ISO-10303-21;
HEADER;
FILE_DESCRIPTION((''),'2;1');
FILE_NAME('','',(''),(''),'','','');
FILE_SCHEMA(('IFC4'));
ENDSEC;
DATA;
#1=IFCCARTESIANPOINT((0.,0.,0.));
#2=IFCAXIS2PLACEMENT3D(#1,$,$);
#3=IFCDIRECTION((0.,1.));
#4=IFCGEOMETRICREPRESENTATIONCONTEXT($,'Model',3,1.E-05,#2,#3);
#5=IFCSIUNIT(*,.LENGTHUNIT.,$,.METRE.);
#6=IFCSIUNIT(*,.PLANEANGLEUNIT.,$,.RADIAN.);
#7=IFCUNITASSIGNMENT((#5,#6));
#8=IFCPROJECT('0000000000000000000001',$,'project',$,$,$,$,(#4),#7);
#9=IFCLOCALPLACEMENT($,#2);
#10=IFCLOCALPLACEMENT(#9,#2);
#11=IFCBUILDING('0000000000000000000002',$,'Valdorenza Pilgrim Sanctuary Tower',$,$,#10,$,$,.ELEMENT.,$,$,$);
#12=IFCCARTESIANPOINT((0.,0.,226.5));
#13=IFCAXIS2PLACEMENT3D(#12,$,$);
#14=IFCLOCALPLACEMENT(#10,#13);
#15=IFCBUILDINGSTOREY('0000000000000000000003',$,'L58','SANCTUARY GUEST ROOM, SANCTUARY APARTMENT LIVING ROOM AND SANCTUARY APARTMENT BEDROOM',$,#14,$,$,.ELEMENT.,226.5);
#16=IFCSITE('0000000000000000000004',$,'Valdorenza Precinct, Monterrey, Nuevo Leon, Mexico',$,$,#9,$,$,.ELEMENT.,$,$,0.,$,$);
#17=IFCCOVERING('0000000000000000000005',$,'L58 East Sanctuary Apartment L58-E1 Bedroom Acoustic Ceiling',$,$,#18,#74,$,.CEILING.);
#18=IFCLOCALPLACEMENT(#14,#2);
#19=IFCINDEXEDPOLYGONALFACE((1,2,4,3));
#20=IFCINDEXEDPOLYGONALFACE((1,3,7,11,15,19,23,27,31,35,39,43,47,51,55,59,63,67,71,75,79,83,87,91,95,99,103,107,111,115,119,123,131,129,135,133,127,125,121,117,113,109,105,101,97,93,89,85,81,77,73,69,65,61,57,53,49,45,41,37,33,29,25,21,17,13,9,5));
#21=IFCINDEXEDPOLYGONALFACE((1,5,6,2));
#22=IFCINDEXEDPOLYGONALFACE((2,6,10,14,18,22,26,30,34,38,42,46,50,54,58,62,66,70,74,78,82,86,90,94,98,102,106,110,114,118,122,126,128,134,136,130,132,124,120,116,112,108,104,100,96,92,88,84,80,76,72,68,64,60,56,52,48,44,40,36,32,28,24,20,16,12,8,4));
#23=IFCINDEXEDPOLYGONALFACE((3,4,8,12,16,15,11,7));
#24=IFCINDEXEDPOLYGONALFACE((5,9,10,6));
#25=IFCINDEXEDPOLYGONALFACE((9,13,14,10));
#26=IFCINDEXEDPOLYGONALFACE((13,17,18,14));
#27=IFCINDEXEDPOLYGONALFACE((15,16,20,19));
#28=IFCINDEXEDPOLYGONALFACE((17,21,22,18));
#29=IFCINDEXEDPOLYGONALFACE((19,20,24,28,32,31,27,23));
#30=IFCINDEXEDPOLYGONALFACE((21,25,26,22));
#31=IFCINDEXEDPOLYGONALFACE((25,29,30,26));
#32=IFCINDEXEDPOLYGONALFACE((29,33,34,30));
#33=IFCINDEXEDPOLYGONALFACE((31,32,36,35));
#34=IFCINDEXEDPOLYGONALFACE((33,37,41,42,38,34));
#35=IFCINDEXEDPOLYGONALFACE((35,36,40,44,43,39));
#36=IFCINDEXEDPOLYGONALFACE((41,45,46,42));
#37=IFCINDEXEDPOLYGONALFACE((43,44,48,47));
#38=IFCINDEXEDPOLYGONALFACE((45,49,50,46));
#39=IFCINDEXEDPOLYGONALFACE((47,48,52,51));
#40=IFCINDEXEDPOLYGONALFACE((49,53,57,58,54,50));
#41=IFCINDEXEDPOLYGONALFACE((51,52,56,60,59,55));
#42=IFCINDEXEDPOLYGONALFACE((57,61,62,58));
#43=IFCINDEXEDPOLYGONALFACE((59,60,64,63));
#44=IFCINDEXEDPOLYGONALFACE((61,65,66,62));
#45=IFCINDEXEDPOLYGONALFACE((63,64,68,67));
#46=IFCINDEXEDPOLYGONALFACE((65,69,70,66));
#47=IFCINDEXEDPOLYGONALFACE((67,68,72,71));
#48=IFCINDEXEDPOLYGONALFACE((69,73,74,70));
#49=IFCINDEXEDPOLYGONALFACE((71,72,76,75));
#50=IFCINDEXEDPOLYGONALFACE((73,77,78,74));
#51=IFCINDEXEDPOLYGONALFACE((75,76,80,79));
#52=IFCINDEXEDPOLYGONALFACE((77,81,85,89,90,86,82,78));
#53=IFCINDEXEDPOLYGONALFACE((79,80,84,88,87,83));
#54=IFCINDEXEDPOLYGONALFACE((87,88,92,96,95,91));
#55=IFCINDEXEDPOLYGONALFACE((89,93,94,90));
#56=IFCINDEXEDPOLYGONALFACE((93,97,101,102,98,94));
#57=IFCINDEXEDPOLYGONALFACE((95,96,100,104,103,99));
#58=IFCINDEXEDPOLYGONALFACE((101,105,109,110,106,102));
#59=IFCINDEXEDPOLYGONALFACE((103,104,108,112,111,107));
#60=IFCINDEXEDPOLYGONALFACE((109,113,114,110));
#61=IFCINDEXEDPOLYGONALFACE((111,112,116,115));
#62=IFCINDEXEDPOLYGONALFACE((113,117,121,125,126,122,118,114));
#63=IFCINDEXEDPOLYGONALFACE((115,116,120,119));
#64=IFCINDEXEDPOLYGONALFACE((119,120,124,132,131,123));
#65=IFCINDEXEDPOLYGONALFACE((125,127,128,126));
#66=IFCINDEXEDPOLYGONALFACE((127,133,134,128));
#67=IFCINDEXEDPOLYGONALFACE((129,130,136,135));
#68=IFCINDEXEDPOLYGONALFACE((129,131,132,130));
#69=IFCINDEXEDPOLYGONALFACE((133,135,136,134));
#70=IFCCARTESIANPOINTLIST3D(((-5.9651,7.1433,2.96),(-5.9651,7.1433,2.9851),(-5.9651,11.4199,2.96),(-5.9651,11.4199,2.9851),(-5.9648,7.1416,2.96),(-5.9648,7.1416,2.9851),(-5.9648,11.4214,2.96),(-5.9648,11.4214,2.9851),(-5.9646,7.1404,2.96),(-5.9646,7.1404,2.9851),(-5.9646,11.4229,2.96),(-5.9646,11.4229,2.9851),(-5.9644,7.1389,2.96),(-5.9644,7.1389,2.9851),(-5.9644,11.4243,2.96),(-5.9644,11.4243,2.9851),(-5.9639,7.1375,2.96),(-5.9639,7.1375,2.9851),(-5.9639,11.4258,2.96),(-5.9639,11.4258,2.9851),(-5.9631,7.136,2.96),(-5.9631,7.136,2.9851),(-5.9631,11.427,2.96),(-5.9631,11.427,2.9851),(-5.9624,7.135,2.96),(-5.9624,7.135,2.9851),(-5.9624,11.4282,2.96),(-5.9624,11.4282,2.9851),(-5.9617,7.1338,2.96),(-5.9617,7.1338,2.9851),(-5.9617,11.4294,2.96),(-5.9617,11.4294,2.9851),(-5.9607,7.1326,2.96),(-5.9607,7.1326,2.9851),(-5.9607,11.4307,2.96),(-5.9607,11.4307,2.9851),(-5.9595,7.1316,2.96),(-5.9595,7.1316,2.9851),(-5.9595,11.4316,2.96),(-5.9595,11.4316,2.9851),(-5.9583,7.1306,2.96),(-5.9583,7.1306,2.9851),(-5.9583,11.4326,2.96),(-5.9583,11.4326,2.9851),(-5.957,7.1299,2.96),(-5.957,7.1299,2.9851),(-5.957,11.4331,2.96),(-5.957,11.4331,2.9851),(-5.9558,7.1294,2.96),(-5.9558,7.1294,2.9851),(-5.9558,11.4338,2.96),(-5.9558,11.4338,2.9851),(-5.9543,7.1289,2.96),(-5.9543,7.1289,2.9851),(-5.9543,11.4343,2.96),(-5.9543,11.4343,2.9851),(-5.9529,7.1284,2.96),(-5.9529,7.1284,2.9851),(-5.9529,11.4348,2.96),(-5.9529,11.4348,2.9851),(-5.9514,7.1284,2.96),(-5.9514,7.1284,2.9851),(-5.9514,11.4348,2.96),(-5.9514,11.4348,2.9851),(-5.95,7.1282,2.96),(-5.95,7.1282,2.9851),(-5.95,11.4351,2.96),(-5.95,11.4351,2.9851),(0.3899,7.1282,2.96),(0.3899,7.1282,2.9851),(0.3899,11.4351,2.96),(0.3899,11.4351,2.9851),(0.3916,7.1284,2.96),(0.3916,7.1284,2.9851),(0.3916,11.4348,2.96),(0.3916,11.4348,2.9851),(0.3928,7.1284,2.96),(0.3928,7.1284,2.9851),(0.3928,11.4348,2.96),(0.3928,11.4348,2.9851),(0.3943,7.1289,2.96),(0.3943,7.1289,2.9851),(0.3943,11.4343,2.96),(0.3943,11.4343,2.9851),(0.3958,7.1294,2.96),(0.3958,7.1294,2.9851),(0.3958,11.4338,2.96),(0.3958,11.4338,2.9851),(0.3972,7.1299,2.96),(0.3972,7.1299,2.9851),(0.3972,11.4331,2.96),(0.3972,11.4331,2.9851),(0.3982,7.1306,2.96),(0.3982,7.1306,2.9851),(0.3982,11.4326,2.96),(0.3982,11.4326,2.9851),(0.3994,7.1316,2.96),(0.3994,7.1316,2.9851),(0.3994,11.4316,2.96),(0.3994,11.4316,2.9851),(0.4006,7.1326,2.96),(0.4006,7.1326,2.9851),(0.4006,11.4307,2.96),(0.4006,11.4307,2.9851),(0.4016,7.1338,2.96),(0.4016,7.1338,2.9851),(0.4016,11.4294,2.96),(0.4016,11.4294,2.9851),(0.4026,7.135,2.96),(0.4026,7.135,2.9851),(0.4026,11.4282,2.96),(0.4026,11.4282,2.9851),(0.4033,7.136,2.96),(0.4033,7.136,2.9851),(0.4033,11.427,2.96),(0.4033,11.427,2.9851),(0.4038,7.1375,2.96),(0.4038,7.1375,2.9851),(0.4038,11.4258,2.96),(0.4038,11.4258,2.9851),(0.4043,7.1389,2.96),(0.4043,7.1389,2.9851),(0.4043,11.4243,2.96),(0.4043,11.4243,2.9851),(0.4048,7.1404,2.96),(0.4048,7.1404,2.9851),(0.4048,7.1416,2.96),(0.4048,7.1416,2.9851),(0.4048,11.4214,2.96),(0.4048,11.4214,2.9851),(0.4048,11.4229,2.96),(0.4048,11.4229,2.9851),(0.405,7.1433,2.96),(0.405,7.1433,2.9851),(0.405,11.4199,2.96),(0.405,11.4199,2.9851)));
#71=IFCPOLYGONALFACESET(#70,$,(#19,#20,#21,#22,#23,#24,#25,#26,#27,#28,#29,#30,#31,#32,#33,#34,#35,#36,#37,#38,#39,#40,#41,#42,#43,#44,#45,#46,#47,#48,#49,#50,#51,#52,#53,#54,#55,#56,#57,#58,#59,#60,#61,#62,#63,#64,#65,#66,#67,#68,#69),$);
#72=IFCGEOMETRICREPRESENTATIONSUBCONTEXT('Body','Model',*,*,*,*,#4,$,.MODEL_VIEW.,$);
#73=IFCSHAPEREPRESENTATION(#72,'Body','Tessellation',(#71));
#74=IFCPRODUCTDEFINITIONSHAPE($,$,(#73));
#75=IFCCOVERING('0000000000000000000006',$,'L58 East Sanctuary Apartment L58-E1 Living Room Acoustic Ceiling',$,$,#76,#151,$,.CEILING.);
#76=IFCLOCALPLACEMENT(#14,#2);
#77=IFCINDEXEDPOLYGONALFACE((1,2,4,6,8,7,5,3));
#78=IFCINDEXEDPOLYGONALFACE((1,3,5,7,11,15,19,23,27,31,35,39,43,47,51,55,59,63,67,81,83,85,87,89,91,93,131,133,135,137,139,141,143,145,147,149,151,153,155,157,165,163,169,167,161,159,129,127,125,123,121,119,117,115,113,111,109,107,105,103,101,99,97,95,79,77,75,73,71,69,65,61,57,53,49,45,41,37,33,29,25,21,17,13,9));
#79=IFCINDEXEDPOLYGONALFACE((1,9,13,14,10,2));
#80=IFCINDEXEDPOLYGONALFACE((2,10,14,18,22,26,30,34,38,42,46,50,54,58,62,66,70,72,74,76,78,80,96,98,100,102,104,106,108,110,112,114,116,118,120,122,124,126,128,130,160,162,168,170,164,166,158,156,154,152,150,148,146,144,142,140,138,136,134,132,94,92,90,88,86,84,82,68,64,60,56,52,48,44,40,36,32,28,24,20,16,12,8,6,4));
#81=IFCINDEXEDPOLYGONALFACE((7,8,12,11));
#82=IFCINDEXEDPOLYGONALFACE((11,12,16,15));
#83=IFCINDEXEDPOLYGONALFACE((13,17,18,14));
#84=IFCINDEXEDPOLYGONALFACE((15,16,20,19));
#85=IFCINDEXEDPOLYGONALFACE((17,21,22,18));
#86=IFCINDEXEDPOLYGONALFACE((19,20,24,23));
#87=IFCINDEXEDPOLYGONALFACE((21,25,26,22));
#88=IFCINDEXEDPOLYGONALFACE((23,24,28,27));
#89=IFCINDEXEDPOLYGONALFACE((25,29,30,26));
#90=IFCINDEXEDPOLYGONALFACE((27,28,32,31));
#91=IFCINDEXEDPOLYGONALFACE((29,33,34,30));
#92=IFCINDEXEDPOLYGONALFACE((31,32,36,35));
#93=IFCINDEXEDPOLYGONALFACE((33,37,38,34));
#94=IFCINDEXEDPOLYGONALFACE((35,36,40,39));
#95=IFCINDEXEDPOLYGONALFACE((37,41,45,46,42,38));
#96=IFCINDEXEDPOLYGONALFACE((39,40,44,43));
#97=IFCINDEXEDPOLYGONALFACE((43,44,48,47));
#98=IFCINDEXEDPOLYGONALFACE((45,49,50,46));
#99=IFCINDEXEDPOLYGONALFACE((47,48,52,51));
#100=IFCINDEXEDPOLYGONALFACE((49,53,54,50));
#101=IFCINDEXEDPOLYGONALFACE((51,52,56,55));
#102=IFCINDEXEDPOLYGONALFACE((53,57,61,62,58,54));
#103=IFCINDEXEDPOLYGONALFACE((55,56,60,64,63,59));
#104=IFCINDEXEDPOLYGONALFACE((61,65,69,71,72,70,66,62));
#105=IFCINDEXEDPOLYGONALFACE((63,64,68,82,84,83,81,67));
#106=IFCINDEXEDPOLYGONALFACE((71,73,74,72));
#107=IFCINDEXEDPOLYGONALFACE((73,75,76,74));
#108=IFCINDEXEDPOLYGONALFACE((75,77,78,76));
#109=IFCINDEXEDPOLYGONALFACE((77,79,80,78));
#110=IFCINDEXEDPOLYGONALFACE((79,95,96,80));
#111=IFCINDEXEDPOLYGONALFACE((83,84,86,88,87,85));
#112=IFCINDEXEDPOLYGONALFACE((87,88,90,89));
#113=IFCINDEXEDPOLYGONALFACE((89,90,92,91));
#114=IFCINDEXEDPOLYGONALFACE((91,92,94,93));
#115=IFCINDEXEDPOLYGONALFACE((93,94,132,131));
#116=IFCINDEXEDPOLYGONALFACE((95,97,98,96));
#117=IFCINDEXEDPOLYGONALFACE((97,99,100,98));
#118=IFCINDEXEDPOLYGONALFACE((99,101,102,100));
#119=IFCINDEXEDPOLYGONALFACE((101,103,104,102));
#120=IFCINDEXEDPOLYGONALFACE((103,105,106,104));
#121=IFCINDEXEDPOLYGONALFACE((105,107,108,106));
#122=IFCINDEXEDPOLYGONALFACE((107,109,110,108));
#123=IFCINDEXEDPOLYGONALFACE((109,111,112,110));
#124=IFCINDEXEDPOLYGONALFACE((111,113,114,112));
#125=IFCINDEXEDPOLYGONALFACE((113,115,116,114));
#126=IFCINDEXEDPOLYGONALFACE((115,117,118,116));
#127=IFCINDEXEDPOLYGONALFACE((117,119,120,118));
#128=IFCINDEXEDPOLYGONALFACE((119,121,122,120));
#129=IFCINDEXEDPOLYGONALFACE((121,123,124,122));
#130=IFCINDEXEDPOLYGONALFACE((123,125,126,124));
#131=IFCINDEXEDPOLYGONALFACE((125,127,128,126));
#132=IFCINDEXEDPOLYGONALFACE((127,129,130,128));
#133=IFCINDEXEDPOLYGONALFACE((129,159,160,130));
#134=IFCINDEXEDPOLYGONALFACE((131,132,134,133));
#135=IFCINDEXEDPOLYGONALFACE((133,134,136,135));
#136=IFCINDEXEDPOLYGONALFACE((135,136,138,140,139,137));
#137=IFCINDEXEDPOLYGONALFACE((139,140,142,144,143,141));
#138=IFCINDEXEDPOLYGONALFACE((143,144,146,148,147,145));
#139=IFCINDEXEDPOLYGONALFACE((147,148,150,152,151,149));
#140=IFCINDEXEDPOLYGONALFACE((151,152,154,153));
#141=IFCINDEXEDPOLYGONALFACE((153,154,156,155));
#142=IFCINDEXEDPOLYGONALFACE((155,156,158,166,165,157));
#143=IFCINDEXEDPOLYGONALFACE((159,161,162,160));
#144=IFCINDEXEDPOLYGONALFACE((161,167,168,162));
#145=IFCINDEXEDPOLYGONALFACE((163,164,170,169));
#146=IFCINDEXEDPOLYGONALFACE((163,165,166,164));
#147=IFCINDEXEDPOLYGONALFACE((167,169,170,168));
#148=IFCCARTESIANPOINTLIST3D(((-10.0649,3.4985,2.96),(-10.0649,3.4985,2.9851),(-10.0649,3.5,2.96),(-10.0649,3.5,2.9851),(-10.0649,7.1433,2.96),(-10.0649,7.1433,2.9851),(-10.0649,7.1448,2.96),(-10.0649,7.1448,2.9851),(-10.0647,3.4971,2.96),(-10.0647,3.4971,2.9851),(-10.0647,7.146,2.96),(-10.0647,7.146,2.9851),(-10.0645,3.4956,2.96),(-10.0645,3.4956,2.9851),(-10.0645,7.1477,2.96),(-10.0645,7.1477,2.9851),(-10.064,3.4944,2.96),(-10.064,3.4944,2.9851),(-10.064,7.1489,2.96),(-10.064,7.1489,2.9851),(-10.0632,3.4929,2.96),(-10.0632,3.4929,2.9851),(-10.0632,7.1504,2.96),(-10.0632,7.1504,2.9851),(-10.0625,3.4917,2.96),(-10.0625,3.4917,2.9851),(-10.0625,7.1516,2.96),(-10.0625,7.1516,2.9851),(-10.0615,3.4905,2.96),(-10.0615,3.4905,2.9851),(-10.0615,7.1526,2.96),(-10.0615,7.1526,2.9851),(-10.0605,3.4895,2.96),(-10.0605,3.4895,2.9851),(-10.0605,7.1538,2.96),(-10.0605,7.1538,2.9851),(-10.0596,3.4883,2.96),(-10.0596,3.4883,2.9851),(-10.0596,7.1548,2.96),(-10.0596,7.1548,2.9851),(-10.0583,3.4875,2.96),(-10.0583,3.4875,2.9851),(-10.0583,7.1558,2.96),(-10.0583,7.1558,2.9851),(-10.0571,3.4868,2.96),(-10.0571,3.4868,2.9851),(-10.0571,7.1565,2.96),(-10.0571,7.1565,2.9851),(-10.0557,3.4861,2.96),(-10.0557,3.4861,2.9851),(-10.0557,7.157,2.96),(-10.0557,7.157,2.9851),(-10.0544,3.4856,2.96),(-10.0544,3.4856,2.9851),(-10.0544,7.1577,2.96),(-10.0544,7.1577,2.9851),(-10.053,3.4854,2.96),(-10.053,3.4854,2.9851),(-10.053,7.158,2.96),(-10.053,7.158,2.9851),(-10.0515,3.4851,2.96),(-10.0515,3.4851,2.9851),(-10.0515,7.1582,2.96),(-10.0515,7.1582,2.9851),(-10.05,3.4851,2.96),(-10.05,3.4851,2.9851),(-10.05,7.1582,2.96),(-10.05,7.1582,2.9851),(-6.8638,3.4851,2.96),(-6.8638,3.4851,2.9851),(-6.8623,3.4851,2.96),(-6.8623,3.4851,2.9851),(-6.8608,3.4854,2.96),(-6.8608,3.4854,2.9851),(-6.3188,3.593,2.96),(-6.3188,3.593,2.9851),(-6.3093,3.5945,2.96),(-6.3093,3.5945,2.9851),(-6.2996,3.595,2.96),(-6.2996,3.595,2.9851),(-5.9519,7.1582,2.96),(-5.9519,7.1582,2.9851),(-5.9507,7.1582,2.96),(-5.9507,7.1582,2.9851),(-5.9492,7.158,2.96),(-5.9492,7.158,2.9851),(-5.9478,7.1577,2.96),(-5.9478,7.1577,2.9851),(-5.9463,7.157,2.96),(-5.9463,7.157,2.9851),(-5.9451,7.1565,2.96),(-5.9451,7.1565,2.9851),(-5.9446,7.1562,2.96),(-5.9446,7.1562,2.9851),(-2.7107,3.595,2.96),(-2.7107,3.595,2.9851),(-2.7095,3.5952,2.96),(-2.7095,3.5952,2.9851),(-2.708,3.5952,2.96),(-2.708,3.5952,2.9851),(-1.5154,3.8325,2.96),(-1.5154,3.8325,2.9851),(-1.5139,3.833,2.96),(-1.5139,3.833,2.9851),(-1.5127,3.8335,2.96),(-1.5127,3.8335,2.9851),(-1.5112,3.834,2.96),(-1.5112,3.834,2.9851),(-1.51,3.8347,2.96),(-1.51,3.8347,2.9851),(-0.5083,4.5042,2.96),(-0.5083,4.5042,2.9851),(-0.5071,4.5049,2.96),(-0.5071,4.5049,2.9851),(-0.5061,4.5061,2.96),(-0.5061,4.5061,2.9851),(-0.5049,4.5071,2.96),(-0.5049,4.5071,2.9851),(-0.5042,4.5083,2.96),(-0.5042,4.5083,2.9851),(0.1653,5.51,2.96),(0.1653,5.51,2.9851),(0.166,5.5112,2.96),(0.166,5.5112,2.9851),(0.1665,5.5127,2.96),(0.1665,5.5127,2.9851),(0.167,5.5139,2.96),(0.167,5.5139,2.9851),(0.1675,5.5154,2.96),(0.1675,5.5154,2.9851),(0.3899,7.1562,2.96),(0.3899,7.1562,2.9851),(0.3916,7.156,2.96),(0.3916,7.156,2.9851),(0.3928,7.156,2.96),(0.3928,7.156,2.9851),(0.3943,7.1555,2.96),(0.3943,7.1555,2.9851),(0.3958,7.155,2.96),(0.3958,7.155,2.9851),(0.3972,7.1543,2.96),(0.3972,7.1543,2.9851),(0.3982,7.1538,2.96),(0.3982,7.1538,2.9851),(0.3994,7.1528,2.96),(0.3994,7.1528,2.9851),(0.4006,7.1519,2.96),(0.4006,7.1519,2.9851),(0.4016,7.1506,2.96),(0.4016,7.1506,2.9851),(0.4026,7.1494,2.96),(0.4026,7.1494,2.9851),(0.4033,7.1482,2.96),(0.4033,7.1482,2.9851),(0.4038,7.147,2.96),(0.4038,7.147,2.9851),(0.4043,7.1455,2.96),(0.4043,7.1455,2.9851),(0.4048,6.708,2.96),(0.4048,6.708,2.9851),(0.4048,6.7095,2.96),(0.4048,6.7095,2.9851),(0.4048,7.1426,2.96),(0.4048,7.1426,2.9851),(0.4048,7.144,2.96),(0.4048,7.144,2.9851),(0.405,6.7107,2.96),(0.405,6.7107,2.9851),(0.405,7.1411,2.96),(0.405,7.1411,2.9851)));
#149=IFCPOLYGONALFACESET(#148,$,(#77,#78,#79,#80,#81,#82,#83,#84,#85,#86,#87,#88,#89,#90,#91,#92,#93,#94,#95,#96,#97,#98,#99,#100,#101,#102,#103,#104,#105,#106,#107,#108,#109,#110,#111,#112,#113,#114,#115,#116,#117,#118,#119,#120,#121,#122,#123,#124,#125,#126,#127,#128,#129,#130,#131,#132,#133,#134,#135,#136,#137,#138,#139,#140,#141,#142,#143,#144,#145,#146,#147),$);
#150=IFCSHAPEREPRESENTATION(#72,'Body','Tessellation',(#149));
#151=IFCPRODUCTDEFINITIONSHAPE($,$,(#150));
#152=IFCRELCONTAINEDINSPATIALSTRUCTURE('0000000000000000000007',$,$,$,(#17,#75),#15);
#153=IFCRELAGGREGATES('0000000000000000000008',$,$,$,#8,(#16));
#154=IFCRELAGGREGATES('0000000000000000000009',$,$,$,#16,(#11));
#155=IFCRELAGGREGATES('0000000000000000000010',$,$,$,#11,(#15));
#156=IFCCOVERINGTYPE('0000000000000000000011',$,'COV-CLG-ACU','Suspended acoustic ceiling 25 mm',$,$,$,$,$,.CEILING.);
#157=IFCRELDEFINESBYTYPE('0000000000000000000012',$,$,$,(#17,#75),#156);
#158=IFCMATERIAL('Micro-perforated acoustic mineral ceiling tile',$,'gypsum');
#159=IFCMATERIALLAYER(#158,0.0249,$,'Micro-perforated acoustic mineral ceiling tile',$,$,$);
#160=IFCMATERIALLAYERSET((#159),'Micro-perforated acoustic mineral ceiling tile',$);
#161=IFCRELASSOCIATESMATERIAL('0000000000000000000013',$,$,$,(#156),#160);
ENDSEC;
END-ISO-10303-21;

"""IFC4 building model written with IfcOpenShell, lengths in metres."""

from ifc_helpers import new_model, si_unit, direction, frame, origin, place, context, subcontext, project, spatial, polyline, outline, extrude, material, layer, layer_set, type_object, element, save


model = new_model("IFC4")

# Units and contexts
model_context = context("Model", 3, precision=1e-05, world=origin(), true_north=direction((0.0, 1.0)))
body_context = subcontext(model_context, "Body", "Model", "MODEL_VIEW")
ifc_project = project(units=[si_unit("LENGTHUNIT", "METRE"), si_unit("PLANEANGLEUNIT", "RADIAN")], contexts=[model_context])

# Site, building, storey
site_placement = place(None, origin())
site = spatial("IfcSite", under=ifc_project, at=site_placement, Name="Valdorenza Precinct, Monterrey, Nuevo Leon, Mexico", CompositionType="ELEMENT", RefElevation=0.0)
building_placement = place(site_placement, origin())
building = spatial("IfcBuilding", under=site, at=building_placement, Name="Valdorenza Pilgrim Sanctuary Tower", CompositionType="ELEMENT")
storey_placement = place(building_placement, frame((0.0, 0.0, 226.5)))
storey = spatial("IfcBuildingStorey", under=building, at=storey_placement, Name="L58", Description="SANCTUARY GUEST ROOM, SANCTUARY APARTMENT LIVING ROOM AND SANCTUARY APARTMENT BEDROOM", CompositionType="ELEMENT", Elevation=226.5)

# Coverings
ifc_material_1 = material(Name="Micro-perforated acoustic mineral ceiling tile", Category="gypsum")
ifc_layer_1 = layer(ifc_material_1, 0.0249, Name="Micro-perforated acoustic mineral ceiling tile")
ifc_layer_set_1 = layer_set([ifc_layer_1], Name="Micro-perforated acoustic mineral ceiling tile")
covering_type_1 = type_object("IfcCoveringType", Name="COV-CLG-ACU", Description="Suspended acoustic ceiling 25 mm", PredefinedType="CEILING", material=ifc_layer_set_1)
covering_1_placement = place(storey_placement, frame((0.0, 0.0, 2.96)))
element("IfcCovering", 1, at=covering_1_placement, inside=storey, type_object=covering_type_1, Name="L58 East Sanctuary Apartment L58-E1 Bedroom Acoustic Ceiling", PredefinedType="CEILING", context=body_context, shape_type="SweptSolid", body=[
    extrude(outline(polyline([(-5.9651, 11.4199), (-5.9648, 11.4214), (-5.9646, 11.4229), (-5.9644, 11.4243), (-5.9639, 11.4258), (-5.9631, 11.427), (-5.9624, 11.4282), (-5.9617, 11.4294), (-5.9607, 11.4307), (-5.9595, 11.4316), (-5.9583, 11.4326), (-5.957, 11.4331), (-5.9558, 11.4338), (-5.9543, 11.4343), (-5.9529, 11.4348), (-5.9514, 11.4348), (-5.95, 11.4351), (0.3899, 11.4351), (0.3916, 11.4348), (0.3928, 11.4348), (0.3943, 11.4343), (0.3958, 11.4338), (0.3972, 11.4331), (0.3982, 11.4326), (0.3994, 11.4316), (0.4006, 11.4307), (0.4016, 11.4294), (0.4026, 11.4282), (0.4033, 11.427), (0.4038, 11.4258), (0.4043, 11.4243), (0.4048, 11.4229), (0.4048, 11.4214), (0.405, 11.4199), (0.405, 7.1433), (0.4048, 7.1416), (0.4048, 7.1404), (0.4043, 7.1389), (0.4038, 7.1375), (0.4033, 7.136), (0.4026, 7.135), (0.4016, 7.1338), (0.4006, 7.1326), (0.3994, 7.1316), (0.3982, 7.1306), (0.3972, 7.1299), (0.3958, 7.1294), (0.3943, 7.1289), (0.3928, 7.1284), (0.3916, 7.1284), (0.3899, 7.1282), (-5.95, 7.1282), (-5.9514, 7.1284), (-5.9529, 7.1284), (-5.9543, 7.1289), (-5.9558, 7.1294), (-5.957, 7.1299), (-5.9583, 7.1306), (-5.9595, 7.1316), (-5.9607, 7.1326), (-5.9617, 7.1338), (-5.9624, 7.135), (-5.9631, 7.136), (-5.9639, 7.1375), (-5.9644, 7.1389), (-5.9646, 7.1404), (-5.9648, 7.1416), (-5.9651, 7.1433), (-5.9651, 11.4199)])), origin(), (0.0, 0.0, 1.0), 0.0251),
])
covering_2_placement = place(storey_placement, frame((0.0, 0.0, 2.96)))
element("IfcCovering", 2, at=covering_2_placement, inside=storey, type_object=covering_type_1, Name="L58 East Sanctuary Apartment L58-E1 Living Room Acoustic Ceiling", PredefinedType="CEILING", context=body_context, shape_type="SweptSolid", body=[
    extrude(outline(polyline([(-10.0649, 7.1433), (-10.0649, 7.1448), (-10.0647, 7.146), (-10.0645, 7.1477), (-10.064, 7.1489), (-10.0632, 7.1504), (-10.0625, 7.1516), (-10.0615, 7.1526), (-10.0605, 7.1538), (-10.0596, 7.1548), (-10.0583, 7.1558), (-10.0571, 7.1565), (-10.0557, 7.157), (-10.0544, 7.1577), (-10.053, 7.158), (-10.0515, 7.1582), (-10.05, 7.1582), (-5.9519, 7.1582), (-5.9507, 7.1582), (-5.9492, 7.158), (-5.9478, 7.1577), (-5.9463, 7.157), (-5.9451, 7.1565), (-5.9446, 7.1562), (0.3899, 7.1562), (0.3916, 7.156), (0.3928, 7.156), (0.3943, 7.1555), (0.3958, 7.155), (0.3972, 7.1543), (0.3982, 7.1538), (0.3994, 7.1528), (0.4006, 7.1519), (0.4016, 7.1506), (0.4026, 7.1494), (0.4033, 7.1482), (0.4038, 7.147), (0.4043, 7.1455), (0.4048, 7.144), (0.4048, 7.1426), (0.405, 7.1411), (0.405, 6.7107), (0.4048, 6.7095), (0.4048, 6.708), (0.1675, 5.5154), (0.167, 5.5139), (0.1665, 5.5127), (0.166, 5.5112), (0.1653, 5.51), (-0.5042, 4.5083), (-0.5049, 4.5071), (-0.5061, 4.5061), (-0.5071, 4.5049), (-0.5083, 4.5042), (-1.51, 3.8347), (-1.5112, 3.834), (-1.5127, 3.8335), (-1.5139, 3.833), (-1.5154, 3.8325), (-2.708, 3.5952), (-2.7095, 3.5952), (-2.7107, 3.595), (-6.2996, 3.595), (-6.3093, 3.5945), (-6.3188, 3.593), (-6.8608, 3.4854), (-6.8623, 3.4851), (-6.8638, 3.4851), (-10.05, 3.4851), (-10.0515, 3.4851), (-10.053, 3.4854), (-10.0544, 3.4856), (-10.0557, 3.4861), (-10.0571, 3.4868), (-10.0583, 3.4875), (-10.0596, 3.4883), (-10.0605, 3.4895), (-10.0615, 3.4905), (-10.0625, 3.4917), (-10.0632, 3.4929), (-10.064, 3.4944), (-10.0645, 3.4956), (-10.0647, 3.4971), (-10.0649, 3.4985), (-10.0649, 3.5), (-10.0649, 7.1433)])), origin(), (0.0, 0.0, 1.0), 0.0251),
])

save(model, "model.ifc")
